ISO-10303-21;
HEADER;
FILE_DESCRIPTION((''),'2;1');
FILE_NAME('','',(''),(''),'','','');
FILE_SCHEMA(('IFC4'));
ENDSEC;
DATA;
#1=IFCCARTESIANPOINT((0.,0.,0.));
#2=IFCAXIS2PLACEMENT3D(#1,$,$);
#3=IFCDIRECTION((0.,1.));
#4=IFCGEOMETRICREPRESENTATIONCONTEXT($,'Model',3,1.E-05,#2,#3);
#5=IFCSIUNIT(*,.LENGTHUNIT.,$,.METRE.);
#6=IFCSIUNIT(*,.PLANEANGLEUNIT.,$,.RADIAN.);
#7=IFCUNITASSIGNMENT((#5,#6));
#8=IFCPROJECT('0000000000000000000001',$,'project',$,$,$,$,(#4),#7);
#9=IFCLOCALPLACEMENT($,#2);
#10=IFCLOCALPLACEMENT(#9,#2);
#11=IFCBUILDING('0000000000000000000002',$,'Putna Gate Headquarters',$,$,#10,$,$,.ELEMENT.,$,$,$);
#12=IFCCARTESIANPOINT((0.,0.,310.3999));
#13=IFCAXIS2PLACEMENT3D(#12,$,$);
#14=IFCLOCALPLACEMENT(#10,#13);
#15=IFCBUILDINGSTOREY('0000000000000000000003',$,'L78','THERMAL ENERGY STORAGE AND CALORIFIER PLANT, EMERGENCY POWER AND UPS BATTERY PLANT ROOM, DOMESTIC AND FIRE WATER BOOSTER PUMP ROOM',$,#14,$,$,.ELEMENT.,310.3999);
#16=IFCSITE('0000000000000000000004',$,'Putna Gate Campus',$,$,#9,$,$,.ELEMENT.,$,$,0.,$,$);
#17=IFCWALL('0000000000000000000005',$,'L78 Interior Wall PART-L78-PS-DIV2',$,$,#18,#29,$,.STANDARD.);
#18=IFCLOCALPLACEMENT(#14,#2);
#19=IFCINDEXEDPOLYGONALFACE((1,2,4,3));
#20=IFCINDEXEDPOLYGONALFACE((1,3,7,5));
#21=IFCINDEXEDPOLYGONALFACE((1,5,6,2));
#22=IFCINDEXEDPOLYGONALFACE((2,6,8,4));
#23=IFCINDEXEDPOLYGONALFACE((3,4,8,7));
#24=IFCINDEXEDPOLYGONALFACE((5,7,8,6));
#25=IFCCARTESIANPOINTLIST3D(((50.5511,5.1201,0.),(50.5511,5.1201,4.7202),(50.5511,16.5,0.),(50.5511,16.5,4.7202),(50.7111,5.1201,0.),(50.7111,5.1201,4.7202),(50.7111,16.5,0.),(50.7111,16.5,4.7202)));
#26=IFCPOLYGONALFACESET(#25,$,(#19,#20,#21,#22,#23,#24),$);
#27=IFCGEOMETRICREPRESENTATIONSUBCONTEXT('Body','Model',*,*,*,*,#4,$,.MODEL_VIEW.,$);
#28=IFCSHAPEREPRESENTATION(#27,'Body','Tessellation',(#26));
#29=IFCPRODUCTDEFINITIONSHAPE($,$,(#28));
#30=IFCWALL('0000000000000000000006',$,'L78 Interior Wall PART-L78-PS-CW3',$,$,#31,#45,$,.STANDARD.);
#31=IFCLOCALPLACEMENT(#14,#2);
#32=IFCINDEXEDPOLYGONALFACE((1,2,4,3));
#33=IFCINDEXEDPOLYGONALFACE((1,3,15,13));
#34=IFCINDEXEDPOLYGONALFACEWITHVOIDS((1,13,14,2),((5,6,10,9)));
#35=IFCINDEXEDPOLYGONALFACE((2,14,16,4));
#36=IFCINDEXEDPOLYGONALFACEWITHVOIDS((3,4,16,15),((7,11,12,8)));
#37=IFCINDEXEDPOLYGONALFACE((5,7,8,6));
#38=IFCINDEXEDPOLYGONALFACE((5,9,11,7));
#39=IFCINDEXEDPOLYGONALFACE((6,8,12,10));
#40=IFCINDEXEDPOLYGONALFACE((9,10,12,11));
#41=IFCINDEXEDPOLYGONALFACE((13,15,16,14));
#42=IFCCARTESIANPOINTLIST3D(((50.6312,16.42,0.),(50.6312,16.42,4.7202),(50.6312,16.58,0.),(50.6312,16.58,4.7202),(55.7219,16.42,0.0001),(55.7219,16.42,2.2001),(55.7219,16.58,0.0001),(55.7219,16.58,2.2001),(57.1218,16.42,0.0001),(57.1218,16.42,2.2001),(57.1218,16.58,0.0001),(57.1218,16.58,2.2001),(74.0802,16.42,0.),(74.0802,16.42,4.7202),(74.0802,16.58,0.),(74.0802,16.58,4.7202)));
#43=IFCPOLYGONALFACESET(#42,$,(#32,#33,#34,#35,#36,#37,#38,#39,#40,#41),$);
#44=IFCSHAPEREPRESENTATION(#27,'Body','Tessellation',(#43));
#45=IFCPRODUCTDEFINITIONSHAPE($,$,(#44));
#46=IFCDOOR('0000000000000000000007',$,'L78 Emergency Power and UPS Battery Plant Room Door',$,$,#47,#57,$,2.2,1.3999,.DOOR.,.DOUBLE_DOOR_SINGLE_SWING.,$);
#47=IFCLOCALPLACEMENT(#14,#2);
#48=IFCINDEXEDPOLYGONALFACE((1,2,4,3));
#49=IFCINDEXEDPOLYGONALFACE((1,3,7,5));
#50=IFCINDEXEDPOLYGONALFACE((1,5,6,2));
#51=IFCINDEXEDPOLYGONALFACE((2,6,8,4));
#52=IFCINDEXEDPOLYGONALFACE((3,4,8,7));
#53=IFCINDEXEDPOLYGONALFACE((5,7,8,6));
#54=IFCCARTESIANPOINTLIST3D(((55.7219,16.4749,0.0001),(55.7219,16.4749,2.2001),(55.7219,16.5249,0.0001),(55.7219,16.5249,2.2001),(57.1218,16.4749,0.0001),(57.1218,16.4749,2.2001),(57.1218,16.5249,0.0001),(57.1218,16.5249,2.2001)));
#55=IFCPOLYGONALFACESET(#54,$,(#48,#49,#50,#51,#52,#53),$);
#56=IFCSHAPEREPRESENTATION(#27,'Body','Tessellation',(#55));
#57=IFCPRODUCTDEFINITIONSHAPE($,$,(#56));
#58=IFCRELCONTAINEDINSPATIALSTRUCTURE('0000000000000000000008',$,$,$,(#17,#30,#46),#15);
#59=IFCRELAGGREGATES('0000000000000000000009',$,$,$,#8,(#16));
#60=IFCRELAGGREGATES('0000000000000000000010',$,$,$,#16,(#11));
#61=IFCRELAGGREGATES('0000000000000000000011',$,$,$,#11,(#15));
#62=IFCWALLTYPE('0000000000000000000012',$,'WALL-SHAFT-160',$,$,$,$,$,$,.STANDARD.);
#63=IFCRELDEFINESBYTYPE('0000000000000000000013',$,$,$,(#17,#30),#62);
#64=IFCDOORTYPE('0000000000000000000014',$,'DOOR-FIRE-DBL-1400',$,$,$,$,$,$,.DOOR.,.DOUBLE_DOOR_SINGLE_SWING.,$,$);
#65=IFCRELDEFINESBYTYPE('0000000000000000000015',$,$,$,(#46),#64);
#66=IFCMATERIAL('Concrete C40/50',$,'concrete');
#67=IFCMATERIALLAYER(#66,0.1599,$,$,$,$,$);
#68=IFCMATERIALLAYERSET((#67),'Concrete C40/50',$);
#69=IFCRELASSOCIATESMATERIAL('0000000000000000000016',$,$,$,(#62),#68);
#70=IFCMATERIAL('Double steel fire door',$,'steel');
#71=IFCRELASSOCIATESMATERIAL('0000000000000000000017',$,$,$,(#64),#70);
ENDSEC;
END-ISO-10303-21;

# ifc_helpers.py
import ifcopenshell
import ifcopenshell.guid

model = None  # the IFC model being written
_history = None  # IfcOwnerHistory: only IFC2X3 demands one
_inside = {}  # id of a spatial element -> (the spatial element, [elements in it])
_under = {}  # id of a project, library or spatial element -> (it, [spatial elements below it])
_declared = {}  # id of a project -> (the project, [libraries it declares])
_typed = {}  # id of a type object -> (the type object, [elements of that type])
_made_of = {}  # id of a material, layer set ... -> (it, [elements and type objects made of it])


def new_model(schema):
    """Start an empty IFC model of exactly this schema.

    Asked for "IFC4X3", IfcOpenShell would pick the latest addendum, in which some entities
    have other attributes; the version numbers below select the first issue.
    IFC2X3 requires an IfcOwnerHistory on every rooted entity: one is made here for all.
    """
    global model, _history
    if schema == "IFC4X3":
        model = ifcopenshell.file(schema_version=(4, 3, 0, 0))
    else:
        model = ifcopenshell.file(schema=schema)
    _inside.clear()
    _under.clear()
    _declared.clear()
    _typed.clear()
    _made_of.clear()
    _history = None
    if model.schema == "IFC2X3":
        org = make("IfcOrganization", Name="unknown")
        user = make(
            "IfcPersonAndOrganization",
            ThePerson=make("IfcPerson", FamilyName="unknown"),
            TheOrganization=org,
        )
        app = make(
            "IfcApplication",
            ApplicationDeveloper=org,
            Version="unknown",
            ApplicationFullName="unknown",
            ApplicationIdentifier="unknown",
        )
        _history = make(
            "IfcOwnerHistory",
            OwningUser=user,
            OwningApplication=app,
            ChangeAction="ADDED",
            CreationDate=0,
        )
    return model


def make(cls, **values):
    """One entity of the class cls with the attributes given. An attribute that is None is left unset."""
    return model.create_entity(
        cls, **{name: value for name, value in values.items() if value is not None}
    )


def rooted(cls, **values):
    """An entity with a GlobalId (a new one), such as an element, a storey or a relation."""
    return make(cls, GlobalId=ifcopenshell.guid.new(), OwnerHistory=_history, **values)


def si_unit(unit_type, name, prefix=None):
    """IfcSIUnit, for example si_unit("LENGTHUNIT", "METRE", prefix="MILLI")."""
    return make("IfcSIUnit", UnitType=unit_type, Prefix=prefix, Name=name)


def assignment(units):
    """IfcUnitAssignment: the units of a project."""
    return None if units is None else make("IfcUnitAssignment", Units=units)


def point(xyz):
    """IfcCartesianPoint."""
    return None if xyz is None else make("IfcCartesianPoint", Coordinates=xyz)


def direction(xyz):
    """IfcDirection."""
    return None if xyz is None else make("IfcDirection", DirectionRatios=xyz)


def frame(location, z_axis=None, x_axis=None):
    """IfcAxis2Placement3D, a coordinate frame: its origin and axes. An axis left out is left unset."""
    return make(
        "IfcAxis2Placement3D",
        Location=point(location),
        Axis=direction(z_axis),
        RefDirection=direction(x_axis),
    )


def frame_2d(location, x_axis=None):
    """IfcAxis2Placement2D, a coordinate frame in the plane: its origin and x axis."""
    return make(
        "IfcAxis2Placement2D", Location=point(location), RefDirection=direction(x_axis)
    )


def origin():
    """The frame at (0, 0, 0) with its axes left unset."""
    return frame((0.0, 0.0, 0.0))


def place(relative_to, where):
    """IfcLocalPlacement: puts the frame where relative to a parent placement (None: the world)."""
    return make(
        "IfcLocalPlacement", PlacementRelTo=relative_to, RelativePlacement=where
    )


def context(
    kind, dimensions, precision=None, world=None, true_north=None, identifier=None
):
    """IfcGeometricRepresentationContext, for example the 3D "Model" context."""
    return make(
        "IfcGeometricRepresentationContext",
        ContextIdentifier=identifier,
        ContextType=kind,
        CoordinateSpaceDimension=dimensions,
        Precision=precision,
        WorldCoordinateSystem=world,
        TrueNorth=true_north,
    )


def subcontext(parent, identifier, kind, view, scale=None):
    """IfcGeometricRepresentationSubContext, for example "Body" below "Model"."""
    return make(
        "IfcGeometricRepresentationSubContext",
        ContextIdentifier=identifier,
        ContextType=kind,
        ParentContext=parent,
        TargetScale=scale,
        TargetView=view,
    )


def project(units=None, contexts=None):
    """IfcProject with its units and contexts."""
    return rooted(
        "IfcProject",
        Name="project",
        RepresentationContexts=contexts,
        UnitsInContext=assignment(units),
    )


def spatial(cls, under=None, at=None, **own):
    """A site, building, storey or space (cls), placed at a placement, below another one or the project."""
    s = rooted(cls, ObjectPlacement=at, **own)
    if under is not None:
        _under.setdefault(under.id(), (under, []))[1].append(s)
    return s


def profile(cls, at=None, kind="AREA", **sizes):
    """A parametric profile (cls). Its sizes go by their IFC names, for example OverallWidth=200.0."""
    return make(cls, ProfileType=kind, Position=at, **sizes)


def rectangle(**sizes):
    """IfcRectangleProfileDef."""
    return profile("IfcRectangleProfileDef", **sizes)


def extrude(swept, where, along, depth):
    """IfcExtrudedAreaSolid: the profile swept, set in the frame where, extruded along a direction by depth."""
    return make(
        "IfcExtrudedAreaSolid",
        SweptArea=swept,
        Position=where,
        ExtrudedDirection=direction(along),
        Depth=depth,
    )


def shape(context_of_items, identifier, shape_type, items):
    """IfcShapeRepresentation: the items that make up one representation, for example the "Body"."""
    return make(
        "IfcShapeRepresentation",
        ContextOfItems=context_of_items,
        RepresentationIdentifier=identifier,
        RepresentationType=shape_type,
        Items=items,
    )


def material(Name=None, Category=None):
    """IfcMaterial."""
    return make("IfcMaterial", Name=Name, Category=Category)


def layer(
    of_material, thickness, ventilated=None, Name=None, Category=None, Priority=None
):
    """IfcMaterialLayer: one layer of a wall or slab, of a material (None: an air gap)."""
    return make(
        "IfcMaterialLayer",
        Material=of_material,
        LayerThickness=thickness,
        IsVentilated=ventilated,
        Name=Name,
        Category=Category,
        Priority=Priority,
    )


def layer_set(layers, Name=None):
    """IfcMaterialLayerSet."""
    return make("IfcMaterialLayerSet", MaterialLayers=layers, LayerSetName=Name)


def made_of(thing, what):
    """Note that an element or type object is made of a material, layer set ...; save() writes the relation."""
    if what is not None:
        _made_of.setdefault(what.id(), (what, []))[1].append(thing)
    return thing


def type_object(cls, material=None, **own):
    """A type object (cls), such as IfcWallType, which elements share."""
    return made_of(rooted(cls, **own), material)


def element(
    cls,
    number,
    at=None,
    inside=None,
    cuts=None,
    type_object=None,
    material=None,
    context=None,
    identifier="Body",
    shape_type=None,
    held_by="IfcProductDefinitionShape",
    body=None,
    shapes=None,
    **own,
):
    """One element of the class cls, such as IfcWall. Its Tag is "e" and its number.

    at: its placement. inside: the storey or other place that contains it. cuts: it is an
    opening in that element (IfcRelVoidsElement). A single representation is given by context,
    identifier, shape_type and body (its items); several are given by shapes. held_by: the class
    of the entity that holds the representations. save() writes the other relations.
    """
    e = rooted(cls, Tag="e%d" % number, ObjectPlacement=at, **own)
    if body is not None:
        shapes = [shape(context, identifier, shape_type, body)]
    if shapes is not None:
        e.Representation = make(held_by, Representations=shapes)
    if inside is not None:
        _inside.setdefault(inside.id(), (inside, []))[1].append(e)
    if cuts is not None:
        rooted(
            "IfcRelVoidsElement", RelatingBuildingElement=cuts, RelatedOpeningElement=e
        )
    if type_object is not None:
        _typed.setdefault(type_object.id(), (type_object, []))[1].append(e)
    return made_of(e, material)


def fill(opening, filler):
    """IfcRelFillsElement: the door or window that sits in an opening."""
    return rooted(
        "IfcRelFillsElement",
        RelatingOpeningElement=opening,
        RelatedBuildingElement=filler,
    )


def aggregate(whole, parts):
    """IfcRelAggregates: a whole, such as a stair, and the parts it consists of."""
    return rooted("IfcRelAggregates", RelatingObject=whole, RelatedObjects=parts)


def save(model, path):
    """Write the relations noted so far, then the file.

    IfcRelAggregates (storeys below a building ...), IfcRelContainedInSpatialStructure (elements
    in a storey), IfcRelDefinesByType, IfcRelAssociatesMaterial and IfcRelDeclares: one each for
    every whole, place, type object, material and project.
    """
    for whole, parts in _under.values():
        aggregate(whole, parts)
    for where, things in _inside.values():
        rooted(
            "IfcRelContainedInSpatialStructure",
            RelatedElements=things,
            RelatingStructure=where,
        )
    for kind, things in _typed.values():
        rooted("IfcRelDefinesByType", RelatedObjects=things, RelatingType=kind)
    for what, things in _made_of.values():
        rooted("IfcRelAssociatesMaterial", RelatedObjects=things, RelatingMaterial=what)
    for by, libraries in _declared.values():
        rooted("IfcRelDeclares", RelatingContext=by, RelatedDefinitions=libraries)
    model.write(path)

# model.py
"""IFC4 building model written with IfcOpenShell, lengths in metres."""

from ifc_helpers import new_model, si_unit, direction, frame, frame_2d, origin, place, context, subcontext, project, spatial, rectangle, extrude, material, layer, layer_set, type_object, element, fill, save


model = new_model("IFC4")

# Units and contexts
model_context = context("Model", 3, precision=1e-05, world=origin(), true_north=direction((0.0, 1.0)))
body_context = subcontext(model_context, "Body", "Model", "MODEL_VIEW")
ifc_project = project(units=[si_unit("LENGTHUNIT", "METRE"), si_unit("PLANEANGLEUNIT", "RADIAN")], contexts=[model_context])

# Site, building, storey
site_placement = place(None, origin())
site = spatial("IfcSite", under=ifc_project, at=site_placement, Name="Putna Gate Campus", CompositionType="ELEMENT", RefElevation=0.0)
building_placement = place(site_placement, origin())
building = spatial("IfcBuilding", under=site, at=building_placement, Name="Putna Gate Headquarters", CompositionType="ELEMENT")
storey_placement = place(building_placement, frame((0.0, 0.0, 310.3999)))
storey = spatial("IfcBuildingStorey", under=building, at=storey_placement, Name="L78", Description="THERMAL ENERGY STORAGE AND CALORIFIER PLANT, EMERGENCY POWER AND UPS BATTERY PLANT ROOM, DOMESTIC AND FIRE WATER BOOSTER PUMP ROOM", CompositionType="ELEMENT", Elevation=310.3999)

# Wall
ifc_material_1 = material(Name="Concrete C40/50", Category="concrete")
ifc_layer_1 = layer(ifc_material_1, 0.1599)
ifc_layer_set_1 = layer_set([ifc_layer_1], Name="Concrete C40/50")
wall_type = type_object("IfcWallType", Name="WALL-SHAFT-160", PredefinedType="STANDARD", material=ifc_layer_set_1)
wall_1_placement = place(storey_placement, frame((50.6311, 5.1201, 0.0), z_axis=(0.0, 0.0, 1.0), x_axis=(0.0, 1.0, 0.0)))
element("IfcWall", 1, at=wall_1_placement, inside=storey, type_object=wall_type, Name="L78 Interior Wall PART-L78-PS-DIV2", PredefinedType="STANDARD", context=body_context, shape_type="SweptSolid", body=[
    extrude(rectangle(XDim=11.3799, YDim=0.1599, at=frame_2d((5.6899, 0.0))), origin(), (0.0, 0.0, 1.0), 4.7202),
])

# Wall, opening, door
wall_2_placement = place(storey_placement, frame((50.6311, 16.5, 0.0), z_axis=(0.0, 0.0, 1.0), x_axis=(1.0, 0.0, 0.0)))
wall_2 = element("IfcWall", 2, at=wall_2_placement, inside=storey, type_object=wall_type, Name="L78 Interior Wall PART-L78-PS-CW3", PredefinedType="STANDARD", context=body_context, shape_type="SweptSolid", body=[
    extrude(rectangle(XDim=23.449, YDim=0.1599, at=frame_2d((11.7246, 0.0))), origin(), (0.0, 0.0, 1.0), 4.7202),
])
opening_placement = place(wall_2_placement, frame((5.0908, 0.0, 0.0)))
opening = element("IfcOpeningElement", 3, at=opening_placement, cuts=wall_2, PredefinedType="OPENING", context=body_context, shape_type="SweptSolid", body=[
    extrude(rectangle(XDim=1.3999, YDim=2.2, at=frame_2d((0.7, 1.1001))), frame((0.0, 0.0898, 0.0), z_axis=(0.0, -1.0, 0.0), x_axis=(1.0, 0.0, 0.0)), (0.0, 0.0, 1.0), 0.1799),
])
ifc_material_2 = material(Name="Double steel fire door", Category="steel")
door_type = type_object("IfcDoorType", Name="DOOR-FIRE-DBL-1400", OperationType="DOUBLE_DOOR_SINGLE_SWING", PredefinedType="DOOR", material=ifc_material_2)
door_placement = place(opening_placement, origin())
door = element("IfcDoor", 4, at=door_placement, inside=storey, type_object=door_type, Name="L78 Emergency Power and UPS Battery Plant Room Door", OperationType="DOUBLE_DOOR_SINGLE_SWING", OverallHeight=2.2, OverallWidth=1.3999, PredefinedType="DOOR", context=body_context, shape_type="SweptSolid", body=[
    extrude(rectangle(XDim=1.3999, YDim=2.2, at=frame_2d((0.7, 1.1001))), frame((0.0, 0.0249, 0.0), z_axis=(0.0, -1.0, 0.0), x_axis=(1.0, 0.0, 0.0)), (0.0, 0.0, 1.0), 0.05),
])
fill(opening, door)

save(model, "model.ifc")
